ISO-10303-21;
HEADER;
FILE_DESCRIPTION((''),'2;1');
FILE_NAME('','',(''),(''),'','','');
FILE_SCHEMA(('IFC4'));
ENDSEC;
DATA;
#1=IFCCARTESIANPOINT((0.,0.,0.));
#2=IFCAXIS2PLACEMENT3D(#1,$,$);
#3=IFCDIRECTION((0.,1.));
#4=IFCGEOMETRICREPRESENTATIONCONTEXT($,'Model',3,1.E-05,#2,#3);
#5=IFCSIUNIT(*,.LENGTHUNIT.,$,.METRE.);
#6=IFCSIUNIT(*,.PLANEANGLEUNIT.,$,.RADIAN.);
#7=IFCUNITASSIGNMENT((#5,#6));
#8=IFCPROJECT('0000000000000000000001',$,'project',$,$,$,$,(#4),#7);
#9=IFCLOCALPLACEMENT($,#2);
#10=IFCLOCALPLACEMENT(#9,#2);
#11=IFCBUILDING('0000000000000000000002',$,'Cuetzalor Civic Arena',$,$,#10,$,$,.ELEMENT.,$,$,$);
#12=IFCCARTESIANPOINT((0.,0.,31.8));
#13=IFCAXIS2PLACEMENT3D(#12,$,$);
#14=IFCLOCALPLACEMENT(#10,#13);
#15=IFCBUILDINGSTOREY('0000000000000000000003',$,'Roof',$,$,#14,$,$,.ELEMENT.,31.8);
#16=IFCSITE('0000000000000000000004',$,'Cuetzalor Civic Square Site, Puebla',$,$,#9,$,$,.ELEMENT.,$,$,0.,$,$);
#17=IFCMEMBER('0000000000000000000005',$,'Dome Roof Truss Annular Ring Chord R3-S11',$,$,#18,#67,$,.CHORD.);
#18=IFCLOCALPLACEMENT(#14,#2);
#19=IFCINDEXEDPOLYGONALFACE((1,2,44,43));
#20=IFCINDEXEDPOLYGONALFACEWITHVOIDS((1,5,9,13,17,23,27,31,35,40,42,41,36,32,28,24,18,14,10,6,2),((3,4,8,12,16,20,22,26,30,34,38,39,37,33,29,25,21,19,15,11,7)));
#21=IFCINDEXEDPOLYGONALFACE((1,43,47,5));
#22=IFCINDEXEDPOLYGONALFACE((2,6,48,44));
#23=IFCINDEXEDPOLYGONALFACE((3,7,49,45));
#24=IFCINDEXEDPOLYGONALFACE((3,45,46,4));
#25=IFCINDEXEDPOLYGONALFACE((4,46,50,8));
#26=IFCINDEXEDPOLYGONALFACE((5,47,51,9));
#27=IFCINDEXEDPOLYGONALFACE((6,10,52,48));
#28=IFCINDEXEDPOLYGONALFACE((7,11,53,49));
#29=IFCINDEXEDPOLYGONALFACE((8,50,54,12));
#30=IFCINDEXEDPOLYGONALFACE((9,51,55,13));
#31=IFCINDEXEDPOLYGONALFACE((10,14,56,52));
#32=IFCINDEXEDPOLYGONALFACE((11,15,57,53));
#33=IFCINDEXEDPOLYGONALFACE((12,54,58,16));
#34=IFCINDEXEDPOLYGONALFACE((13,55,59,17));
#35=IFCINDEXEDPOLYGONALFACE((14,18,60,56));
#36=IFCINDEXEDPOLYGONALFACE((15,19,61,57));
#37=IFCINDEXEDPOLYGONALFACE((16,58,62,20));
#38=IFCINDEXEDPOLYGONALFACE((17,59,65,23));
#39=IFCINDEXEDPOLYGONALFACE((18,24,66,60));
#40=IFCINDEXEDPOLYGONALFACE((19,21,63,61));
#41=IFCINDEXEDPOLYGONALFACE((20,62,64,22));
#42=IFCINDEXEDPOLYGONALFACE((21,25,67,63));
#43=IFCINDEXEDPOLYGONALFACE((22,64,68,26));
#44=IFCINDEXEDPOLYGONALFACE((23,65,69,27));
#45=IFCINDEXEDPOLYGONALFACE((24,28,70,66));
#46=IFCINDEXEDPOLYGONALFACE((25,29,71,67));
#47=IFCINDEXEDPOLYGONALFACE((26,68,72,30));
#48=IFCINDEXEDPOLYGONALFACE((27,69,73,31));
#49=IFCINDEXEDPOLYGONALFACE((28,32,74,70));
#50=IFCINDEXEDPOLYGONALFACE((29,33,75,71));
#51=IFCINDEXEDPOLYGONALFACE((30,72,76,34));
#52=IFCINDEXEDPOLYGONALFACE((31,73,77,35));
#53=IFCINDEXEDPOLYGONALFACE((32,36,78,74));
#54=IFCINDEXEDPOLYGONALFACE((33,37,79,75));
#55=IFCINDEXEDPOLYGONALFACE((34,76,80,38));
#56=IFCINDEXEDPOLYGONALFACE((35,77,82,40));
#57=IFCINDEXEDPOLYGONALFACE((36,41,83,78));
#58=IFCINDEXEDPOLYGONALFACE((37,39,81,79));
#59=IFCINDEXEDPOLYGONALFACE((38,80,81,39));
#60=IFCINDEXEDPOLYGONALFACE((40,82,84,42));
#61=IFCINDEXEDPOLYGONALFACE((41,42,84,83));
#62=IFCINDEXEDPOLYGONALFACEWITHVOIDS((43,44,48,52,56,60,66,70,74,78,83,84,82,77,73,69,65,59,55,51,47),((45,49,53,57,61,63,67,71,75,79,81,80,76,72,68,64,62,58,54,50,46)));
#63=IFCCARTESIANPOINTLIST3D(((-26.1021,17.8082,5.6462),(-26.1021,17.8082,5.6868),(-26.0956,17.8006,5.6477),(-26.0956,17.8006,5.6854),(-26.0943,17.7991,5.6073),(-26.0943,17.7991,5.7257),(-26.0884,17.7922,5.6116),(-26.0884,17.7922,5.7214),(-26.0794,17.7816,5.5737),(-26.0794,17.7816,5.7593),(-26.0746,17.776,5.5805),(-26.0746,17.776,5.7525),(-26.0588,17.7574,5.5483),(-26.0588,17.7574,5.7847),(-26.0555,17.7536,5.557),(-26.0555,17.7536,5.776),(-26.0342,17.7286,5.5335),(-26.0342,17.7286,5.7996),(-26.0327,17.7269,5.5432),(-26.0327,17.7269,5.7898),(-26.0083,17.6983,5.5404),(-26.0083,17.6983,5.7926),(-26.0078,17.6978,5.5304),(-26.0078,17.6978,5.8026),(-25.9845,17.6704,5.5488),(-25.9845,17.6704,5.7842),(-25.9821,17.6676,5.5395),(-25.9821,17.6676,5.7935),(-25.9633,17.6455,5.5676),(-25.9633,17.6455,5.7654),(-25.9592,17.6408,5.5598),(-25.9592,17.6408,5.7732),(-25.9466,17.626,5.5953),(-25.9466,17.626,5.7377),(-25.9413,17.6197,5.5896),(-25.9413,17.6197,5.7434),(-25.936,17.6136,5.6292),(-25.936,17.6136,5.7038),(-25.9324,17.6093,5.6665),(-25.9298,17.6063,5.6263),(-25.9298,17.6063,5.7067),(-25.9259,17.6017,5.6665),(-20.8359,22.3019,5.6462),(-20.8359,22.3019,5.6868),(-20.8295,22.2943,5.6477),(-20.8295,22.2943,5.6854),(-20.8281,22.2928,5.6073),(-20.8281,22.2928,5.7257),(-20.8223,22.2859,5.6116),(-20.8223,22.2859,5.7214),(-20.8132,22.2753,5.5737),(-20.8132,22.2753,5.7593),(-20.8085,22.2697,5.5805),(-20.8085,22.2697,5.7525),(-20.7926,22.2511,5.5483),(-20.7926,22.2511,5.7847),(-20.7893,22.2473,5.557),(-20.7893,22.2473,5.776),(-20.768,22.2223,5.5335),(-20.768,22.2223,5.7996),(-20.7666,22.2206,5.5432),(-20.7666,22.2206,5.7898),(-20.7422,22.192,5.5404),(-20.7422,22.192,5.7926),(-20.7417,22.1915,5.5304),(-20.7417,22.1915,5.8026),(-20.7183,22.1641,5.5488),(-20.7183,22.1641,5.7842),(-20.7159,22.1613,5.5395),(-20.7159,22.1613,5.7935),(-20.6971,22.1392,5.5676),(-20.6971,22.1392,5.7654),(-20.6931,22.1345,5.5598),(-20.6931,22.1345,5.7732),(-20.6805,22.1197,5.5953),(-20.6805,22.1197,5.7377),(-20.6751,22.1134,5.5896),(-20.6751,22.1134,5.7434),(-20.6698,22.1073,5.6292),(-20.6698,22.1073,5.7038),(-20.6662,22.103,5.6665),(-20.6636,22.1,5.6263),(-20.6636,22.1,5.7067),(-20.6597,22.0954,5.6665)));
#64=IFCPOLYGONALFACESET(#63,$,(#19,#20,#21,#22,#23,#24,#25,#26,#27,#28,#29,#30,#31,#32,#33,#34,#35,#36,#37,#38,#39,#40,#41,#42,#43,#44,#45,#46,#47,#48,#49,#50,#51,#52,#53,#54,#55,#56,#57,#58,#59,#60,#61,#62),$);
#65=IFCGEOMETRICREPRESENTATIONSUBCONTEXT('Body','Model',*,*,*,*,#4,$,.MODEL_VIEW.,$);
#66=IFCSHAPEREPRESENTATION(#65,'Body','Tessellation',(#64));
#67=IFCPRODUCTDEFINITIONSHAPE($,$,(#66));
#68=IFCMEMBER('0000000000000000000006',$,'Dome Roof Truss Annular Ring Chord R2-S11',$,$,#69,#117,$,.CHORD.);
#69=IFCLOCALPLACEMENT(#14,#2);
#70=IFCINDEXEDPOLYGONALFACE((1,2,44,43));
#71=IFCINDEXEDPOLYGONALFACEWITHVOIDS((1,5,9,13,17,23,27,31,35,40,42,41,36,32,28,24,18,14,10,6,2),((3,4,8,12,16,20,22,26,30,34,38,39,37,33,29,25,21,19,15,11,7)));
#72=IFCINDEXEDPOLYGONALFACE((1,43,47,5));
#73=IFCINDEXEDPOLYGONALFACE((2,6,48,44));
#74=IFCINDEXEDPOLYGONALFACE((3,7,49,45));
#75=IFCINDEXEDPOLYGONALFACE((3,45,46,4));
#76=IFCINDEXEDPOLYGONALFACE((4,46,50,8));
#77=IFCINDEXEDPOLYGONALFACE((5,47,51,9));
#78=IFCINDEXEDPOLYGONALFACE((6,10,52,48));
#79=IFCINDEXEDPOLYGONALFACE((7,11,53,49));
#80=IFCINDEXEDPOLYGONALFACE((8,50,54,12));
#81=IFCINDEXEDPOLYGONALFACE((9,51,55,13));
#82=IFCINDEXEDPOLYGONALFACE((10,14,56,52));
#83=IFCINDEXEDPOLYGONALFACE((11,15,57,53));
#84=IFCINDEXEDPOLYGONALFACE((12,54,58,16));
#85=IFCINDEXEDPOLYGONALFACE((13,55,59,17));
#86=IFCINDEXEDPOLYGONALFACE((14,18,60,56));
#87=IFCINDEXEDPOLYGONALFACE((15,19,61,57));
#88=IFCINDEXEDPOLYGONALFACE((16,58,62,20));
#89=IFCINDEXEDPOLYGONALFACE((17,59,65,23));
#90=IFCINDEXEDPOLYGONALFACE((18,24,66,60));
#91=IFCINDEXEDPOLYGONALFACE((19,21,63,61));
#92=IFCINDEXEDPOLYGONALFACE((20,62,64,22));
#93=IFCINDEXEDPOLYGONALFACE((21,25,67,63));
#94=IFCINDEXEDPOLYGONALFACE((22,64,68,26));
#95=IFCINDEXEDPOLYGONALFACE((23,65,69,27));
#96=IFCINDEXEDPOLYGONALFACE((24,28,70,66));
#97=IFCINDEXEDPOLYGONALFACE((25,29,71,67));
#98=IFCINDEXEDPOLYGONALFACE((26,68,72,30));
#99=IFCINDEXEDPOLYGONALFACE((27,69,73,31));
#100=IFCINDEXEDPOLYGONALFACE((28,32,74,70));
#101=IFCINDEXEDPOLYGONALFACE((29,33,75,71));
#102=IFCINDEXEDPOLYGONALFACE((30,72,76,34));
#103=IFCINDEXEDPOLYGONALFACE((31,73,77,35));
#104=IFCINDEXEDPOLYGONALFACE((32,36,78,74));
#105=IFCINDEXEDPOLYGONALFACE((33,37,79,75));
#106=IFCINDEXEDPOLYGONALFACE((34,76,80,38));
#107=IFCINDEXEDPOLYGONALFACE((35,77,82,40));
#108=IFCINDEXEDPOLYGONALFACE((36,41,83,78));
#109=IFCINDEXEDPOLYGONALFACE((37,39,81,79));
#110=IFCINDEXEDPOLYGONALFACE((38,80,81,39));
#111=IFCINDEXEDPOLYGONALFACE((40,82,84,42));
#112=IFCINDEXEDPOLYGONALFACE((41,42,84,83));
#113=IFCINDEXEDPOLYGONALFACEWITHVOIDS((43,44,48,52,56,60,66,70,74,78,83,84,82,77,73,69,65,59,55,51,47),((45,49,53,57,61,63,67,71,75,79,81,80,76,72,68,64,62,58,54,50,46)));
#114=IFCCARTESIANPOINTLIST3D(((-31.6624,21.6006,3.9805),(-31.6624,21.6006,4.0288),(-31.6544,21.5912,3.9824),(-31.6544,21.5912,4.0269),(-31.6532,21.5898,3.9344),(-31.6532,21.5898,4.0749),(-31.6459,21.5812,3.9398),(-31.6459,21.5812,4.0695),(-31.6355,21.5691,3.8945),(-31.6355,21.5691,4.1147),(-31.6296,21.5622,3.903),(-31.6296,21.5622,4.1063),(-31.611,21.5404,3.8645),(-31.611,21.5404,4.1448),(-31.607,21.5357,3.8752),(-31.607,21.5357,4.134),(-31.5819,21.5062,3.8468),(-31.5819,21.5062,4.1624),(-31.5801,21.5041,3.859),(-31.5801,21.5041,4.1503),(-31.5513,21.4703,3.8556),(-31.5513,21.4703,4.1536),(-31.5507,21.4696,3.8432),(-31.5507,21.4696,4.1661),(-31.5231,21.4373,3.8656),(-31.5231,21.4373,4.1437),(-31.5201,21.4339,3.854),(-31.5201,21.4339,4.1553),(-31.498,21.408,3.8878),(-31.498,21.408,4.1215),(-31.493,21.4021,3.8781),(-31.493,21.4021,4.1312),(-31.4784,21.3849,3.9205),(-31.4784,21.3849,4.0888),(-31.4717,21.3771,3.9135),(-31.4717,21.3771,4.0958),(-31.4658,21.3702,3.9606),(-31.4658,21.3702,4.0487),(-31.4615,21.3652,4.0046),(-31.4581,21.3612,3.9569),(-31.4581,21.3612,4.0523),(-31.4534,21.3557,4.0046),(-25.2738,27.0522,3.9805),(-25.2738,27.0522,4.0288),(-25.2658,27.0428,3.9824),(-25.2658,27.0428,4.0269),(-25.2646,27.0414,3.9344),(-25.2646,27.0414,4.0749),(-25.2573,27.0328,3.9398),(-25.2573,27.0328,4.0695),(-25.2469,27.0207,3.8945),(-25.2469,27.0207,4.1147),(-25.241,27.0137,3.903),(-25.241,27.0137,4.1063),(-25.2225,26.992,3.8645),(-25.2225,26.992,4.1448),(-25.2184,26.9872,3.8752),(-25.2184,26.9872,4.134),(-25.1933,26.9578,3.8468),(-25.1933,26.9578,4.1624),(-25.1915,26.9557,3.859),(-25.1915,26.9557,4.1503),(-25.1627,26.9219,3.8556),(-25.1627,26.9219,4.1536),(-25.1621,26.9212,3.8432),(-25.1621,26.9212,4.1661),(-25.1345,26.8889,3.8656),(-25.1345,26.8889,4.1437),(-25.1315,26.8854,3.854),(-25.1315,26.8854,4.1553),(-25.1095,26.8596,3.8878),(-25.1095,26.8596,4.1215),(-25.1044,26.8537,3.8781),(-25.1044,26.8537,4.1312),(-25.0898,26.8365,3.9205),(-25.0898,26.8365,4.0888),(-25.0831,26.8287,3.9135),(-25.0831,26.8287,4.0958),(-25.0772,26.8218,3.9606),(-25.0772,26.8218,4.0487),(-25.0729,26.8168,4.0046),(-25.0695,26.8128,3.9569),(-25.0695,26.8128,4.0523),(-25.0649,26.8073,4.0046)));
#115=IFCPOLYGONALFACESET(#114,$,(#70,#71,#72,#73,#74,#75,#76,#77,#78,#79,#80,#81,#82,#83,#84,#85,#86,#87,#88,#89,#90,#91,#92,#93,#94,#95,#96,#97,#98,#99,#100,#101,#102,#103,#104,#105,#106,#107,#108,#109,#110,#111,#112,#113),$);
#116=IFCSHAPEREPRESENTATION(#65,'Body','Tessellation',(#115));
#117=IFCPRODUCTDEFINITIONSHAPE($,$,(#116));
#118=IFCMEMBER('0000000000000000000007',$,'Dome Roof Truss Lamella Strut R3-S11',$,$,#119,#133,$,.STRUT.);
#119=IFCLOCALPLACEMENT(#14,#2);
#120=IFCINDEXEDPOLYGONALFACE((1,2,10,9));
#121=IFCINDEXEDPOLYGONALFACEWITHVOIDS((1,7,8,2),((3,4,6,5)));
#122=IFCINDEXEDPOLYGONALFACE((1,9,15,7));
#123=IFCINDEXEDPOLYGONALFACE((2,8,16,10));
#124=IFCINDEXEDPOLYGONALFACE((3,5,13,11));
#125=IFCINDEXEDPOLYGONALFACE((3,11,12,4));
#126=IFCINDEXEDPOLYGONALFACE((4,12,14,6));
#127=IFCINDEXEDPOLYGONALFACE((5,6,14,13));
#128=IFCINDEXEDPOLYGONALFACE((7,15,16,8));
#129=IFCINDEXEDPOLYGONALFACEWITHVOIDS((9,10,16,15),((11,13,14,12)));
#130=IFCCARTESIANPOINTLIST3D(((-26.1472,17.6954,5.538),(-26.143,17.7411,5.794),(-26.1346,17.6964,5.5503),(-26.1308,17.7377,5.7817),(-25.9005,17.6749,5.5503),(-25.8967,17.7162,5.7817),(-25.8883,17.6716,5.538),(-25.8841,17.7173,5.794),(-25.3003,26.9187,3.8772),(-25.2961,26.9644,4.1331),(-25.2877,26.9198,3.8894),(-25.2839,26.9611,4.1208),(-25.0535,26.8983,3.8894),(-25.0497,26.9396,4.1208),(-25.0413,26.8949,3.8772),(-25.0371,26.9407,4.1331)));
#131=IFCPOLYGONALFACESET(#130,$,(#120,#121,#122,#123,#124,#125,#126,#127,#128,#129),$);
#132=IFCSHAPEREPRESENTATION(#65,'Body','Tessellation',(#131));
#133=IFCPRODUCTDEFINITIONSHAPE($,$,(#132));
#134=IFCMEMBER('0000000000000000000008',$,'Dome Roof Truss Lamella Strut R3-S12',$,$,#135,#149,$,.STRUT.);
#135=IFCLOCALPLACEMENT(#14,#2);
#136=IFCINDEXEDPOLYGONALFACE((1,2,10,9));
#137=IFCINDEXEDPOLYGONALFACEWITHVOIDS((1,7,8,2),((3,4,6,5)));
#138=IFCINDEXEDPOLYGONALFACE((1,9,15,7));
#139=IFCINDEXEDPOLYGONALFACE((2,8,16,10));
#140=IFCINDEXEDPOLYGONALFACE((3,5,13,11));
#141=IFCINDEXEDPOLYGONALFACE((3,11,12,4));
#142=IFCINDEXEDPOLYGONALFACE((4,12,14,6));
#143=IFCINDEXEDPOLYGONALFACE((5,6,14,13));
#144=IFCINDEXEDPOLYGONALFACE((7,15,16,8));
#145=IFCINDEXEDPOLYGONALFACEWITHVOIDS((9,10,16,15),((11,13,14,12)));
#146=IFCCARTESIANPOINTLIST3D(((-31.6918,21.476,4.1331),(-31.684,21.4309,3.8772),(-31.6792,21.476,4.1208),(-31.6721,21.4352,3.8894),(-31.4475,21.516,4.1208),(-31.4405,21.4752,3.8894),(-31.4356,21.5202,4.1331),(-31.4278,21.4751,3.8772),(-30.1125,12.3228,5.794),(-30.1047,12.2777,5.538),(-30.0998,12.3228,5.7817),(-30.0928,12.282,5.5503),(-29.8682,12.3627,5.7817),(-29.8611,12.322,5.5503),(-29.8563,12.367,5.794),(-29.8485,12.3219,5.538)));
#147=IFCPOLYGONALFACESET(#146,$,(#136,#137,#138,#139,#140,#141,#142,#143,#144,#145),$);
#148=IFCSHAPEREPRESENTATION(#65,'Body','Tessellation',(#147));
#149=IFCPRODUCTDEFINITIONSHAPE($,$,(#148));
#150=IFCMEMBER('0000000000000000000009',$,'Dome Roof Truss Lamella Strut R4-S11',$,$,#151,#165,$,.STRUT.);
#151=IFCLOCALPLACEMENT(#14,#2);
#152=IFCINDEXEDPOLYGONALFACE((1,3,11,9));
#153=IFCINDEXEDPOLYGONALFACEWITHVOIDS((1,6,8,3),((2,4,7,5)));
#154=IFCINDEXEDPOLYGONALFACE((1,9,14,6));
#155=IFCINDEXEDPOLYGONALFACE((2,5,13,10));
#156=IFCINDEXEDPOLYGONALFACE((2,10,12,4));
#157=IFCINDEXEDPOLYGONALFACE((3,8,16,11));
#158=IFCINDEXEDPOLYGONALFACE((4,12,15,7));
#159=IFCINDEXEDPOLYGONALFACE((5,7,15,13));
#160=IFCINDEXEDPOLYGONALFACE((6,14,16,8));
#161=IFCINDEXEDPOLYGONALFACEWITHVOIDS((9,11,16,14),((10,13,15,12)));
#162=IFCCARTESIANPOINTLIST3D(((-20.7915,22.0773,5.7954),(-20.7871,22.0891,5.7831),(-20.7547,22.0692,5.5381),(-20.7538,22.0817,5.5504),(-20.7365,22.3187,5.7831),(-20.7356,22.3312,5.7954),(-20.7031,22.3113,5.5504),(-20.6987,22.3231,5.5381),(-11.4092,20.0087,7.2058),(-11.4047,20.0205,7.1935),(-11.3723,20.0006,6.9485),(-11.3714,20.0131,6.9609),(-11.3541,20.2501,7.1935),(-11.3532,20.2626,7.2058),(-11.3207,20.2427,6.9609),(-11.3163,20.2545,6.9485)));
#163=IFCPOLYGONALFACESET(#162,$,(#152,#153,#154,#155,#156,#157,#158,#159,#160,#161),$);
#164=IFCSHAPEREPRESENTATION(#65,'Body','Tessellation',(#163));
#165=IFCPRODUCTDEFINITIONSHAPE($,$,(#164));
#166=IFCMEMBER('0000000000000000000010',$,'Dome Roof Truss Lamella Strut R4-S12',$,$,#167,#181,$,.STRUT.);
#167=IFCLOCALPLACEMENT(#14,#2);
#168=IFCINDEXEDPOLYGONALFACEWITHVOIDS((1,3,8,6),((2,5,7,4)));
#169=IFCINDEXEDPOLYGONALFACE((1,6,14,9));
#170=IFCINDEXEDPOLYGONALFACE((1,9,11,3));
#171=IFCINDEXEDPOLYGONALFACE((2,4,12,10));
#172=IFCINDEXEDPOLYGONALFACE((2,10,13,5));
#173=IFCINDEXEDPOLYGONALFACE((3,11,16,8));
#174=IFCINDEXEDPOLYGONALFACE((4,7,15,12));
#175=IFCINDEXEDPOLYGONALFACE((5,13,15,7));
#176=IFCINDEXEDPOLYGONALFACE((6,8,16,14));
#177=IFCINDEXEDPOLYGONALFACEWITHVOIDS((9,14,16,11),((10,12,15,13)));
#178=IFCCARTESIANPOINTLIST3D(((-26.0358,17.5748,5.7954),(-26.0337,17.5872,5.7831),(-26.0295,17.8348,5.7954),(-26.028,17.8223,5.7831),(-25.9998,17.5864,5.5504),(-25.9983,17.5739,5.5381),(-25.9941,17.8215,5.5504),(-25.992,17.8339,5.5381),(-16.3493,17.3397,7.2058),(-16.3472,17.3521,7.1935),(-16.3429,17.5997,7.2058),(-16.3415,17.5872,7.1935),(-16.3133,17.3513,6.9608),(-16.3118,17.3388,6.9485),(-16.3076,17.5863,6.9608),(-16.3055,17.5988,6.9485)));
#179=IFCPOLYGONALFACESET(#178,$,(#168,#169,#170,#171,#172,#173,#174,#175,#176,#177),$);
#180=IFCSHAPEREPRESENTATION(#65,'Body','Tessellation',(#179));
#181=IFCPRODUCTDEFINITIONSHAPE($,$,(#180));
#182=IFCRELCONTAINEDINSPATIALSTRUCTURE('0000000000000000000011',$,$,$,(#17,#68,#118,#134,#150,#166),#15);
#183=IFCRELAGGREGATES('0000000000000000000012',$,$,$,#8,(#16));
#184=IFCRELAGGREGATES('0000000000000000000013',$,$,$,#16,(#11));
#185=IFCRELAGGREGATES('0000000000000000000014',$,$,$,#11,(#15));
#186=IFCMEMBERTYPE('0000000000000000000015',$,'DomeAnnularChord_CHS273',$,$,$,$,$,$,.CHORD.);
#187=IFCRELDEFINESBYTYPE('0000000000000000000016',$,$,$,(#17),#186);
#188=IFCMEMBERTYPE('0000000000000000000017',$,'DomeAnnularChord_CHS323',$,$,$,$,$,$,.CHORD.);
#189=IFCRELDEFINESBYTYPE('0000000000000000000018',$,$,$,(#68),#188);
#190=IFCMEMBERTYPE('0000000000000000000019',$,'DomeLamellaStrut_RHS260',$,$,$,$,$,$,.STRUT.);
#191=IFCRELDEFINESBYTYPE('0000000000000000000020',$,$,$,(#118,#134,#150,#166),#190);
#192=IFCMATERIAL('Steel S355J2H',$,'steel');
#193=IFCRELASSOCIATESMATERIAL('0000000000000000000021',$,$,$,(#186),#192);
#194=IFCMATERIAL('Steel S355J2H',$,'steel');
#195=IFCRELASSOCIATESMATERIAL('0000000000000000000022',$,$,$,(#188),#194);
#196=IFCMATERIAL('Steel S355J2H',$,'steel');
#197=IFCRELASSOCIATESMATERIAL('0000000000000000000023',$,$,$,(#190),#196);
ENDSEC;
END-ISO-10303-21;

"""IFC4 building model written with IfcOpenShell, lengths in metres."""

from ifc_helpers import new_model, si_unit, direction, frame, origin, origin_2d, place, context, subcontext, project, spatial, hollow_rectangle, hollow_circle, extrude, material, material_profile, profile_set, type_object, element, save


model = new_model("IFC4")

# Units and contexts
model_context = context("Model", 3, precision=1e-05, world=origin(), true_north=direction((0.0, 1.0)))
body_context = subcontext(model_context, "Body", "Model", "MODEL_VIEW")
ifc_project = project(units=[si_unit("LENGTHUNIT", "METRE"), si_unit("PLANEANGLEUNIT", "RADIAN")], contexts=[model_context])

# Site, building, storey
site_placement = place(None, origin())
site = spatial("IfcSite", under=ifc_project, at=site_placement, Name="Cuetzalor Civic Square Site, Puebla", CompositionType="ELEMENT", RefElevation=0.0)
building_placement = place(site_placement, origin())
building = spatial("IfcBuilding", under=site, at=building_placement, Name="Cuetzalor Civic Arena", CompositionType="ELEMENT")
storey_placement = place(building_placement, frame((0.0, 0.0, 31.8)))
storey = spatial("IfcBuildingStorey", under=building, at=storey_placement, Name="Roof", CompositionType="ELEMENT", Elevation=31.8)

# Members
ifc_material_1 = material(Name="Steel S355J2H", Category="steel")
ifc_material_profile_1 = material_profile(ifc_material_1, hollow_circle(Radius=0.1365, WallThickness=0.01, at=origin_2d()), Name="CHS 273x10")
ifc_profile_set_1 = profile_set([ifc_material_profile_1], Name="Steel S355J2H")
member_type_1 = type_object("IfcMemberType", Name="DomeAnnularChord_CHS273", PredefinedType="CHORD", material=ifc_profile_set_1)
member_1_placement = place(storey_placement, frame((-20.7483, 22.1992, 5.6665), z_axis=(-0.760694, -0.649111, 0.0), x_axis=(0.649111, -0.760694, 0.0)))
element("IfcMember", 1, at=member_1_placement, inside=storey, type_object=member_type_1, Name="Dome Roof Truss Annular Ring Chord R3-S11", PredefinedType="CHORD", context=body_context, shape_type="SweptSolid", body=[
    extrude(hollow_circle(Radius=0.1365, WallThickness=0.01, at=origin_2d()), origin(), (0.0, 0.0, 1.0), 6.9229),
])
ifc_material_2 = material(Name="Steel S355J2H", Category="steel")
ifc_material_profile_2 = material_profile(ifc_material_2, hollow_circle(Radius=0.1619, WallThickness=0.0125, at=origin_2d()), Name="CHS 323.9x12.5")
ifc_profile_set_2 = profile_set([ifc_material_profile_2], Name="Steel S355J2H")
member_type_2 = type_object("IfcMemberType", Name="DomeAnnularChord_CHS323", PredefinedType="CHORD", material=ifc_profile_set_2)
member_2_placement = place(storey_placement, frame((-25.1699, 26.9304, 4.0046), z_axis=(-0.760687, -0.649119, 0.0), x_axis=(0.649119, -0.760687, 0.0)))
element("IfcMember", 2, at=member_2_placement, inside=storey, type_object=member_type_2, Name="Dome Roof Truss Annular Ring Chord R2-S11", PredefinedType="CHORD", context=body_context, shape_type="SweptSolid", body=[
    extrude(hollow_circle(Radius=0.1619, WallThickness=0.0125, at=origin_2d()), origin(), (0.0, 0.0, 1.0), 8.3984),
])
ifc_material_3 = material(Name="Steel S355J2H", Category="steel")
ifc_material_profile_3 = material_profile(ifc_material_3, hollow_rectangle(XDim=0.26, YDim=0.26, WallThickness=0.0125, at=origin_2d()), Name="RHS 260x260x12.5")
ifc_profile_set_3 = profile_set([ifc_material_profile_3], Name="Steel S355J2H")
member_type_3 = type_object("IfcMemberType", Name="DomeLamellaStrut_RHS260", PredefinedType="STRUT", material=ifc_profile_set_3)
member_3_placement = place(storey_placement, frame((-25.1687, 26.9297, 4.0051), z_axis=(-0.090003, -0.980176, 0.176504), x_axis=(0.995811, -0.091439, 0.0)))
element("IfcMember", 3, at=member_3_placement, inside=storey, type_object=member_type_3, Name="Dome Roof Truss Lamella Strut R3-S11", PredefinedType="STRUT", context=body_context, shape_type="SweptSolid", body=[
    extrude(hollow_rectangle(XDim=0.26, YDim=0.26, WallThickness=0.0125, at=origin_2d()), origin(), (0.0, 0.0, 1.0), 9.4099),
])
member_4_placement = place(storey_placement, frame((-31.5598, 21.4756, 4.0051), z_axis=(0.167376, -0.970053, 0.176018), x_axis=(0.985439, 0.170031, 0.0)))
element("IfcMember", 4, at=member_4_placement, inside=storey, type_object=member_type_3, Name="Dome Roof Truss Lamella Strut R3-S12", PredefinedType="STRUT", context=body_context, shape_type="SweptSolid", body=[
    extrude(hollow_rectangle(XDim=0.26, YDim=0.26, WallThickness=0.0125, at=origin_2d()), origin(), (0.0, 0.0, 1.0), 9.4358),
])
member_5_placement = place(storey_placement, frame((-20.7451, 22.2002, 5.6667), z_axis=(0.966191, -0.213025, 0.145243), x_axis=(0.215308, 0.976546, 0.0)))
element("IfcMember", 5, at=member_5_placement, inside=storey, type_object=member_type_3, Name="Dome Roof Truss Lamella Strut R4-S11", PredefinedType="STRUT", context=body_context, shape_type="SweptSolid", body=[
    extrude(hollow_rectangle(XDim=0.26, YDim=0.26, WallThickness=0.0125, at=origin_2d()), origin(), (0.0, 0.0, 1.0), 9.7107),
])
member_6_placement = place(storey_placement, frame((-26.0139, 17.7043, 5.6667), z_axis=(0.98928, -0.024011, 0.144044), x_axis=(0.024264, 0.999706, 0.0)))
element("IfcMember", 6, at=member_6_placement, inside=storey, type_object=member_type_3, Name="Dome Roof Truss Lamella Strut R4-S12", PredefinedType="STRUT", context=body_context, shape_type="SweptSolid", body=[
    extrude(hollow_rectangle(XDim=0.26, YDim=0.26, WallThickness=0.0125, at=origin_2d()), origin(), (0.0, 0.0, 1.0), 9.7915),
])

save(model, "model.ifc")
